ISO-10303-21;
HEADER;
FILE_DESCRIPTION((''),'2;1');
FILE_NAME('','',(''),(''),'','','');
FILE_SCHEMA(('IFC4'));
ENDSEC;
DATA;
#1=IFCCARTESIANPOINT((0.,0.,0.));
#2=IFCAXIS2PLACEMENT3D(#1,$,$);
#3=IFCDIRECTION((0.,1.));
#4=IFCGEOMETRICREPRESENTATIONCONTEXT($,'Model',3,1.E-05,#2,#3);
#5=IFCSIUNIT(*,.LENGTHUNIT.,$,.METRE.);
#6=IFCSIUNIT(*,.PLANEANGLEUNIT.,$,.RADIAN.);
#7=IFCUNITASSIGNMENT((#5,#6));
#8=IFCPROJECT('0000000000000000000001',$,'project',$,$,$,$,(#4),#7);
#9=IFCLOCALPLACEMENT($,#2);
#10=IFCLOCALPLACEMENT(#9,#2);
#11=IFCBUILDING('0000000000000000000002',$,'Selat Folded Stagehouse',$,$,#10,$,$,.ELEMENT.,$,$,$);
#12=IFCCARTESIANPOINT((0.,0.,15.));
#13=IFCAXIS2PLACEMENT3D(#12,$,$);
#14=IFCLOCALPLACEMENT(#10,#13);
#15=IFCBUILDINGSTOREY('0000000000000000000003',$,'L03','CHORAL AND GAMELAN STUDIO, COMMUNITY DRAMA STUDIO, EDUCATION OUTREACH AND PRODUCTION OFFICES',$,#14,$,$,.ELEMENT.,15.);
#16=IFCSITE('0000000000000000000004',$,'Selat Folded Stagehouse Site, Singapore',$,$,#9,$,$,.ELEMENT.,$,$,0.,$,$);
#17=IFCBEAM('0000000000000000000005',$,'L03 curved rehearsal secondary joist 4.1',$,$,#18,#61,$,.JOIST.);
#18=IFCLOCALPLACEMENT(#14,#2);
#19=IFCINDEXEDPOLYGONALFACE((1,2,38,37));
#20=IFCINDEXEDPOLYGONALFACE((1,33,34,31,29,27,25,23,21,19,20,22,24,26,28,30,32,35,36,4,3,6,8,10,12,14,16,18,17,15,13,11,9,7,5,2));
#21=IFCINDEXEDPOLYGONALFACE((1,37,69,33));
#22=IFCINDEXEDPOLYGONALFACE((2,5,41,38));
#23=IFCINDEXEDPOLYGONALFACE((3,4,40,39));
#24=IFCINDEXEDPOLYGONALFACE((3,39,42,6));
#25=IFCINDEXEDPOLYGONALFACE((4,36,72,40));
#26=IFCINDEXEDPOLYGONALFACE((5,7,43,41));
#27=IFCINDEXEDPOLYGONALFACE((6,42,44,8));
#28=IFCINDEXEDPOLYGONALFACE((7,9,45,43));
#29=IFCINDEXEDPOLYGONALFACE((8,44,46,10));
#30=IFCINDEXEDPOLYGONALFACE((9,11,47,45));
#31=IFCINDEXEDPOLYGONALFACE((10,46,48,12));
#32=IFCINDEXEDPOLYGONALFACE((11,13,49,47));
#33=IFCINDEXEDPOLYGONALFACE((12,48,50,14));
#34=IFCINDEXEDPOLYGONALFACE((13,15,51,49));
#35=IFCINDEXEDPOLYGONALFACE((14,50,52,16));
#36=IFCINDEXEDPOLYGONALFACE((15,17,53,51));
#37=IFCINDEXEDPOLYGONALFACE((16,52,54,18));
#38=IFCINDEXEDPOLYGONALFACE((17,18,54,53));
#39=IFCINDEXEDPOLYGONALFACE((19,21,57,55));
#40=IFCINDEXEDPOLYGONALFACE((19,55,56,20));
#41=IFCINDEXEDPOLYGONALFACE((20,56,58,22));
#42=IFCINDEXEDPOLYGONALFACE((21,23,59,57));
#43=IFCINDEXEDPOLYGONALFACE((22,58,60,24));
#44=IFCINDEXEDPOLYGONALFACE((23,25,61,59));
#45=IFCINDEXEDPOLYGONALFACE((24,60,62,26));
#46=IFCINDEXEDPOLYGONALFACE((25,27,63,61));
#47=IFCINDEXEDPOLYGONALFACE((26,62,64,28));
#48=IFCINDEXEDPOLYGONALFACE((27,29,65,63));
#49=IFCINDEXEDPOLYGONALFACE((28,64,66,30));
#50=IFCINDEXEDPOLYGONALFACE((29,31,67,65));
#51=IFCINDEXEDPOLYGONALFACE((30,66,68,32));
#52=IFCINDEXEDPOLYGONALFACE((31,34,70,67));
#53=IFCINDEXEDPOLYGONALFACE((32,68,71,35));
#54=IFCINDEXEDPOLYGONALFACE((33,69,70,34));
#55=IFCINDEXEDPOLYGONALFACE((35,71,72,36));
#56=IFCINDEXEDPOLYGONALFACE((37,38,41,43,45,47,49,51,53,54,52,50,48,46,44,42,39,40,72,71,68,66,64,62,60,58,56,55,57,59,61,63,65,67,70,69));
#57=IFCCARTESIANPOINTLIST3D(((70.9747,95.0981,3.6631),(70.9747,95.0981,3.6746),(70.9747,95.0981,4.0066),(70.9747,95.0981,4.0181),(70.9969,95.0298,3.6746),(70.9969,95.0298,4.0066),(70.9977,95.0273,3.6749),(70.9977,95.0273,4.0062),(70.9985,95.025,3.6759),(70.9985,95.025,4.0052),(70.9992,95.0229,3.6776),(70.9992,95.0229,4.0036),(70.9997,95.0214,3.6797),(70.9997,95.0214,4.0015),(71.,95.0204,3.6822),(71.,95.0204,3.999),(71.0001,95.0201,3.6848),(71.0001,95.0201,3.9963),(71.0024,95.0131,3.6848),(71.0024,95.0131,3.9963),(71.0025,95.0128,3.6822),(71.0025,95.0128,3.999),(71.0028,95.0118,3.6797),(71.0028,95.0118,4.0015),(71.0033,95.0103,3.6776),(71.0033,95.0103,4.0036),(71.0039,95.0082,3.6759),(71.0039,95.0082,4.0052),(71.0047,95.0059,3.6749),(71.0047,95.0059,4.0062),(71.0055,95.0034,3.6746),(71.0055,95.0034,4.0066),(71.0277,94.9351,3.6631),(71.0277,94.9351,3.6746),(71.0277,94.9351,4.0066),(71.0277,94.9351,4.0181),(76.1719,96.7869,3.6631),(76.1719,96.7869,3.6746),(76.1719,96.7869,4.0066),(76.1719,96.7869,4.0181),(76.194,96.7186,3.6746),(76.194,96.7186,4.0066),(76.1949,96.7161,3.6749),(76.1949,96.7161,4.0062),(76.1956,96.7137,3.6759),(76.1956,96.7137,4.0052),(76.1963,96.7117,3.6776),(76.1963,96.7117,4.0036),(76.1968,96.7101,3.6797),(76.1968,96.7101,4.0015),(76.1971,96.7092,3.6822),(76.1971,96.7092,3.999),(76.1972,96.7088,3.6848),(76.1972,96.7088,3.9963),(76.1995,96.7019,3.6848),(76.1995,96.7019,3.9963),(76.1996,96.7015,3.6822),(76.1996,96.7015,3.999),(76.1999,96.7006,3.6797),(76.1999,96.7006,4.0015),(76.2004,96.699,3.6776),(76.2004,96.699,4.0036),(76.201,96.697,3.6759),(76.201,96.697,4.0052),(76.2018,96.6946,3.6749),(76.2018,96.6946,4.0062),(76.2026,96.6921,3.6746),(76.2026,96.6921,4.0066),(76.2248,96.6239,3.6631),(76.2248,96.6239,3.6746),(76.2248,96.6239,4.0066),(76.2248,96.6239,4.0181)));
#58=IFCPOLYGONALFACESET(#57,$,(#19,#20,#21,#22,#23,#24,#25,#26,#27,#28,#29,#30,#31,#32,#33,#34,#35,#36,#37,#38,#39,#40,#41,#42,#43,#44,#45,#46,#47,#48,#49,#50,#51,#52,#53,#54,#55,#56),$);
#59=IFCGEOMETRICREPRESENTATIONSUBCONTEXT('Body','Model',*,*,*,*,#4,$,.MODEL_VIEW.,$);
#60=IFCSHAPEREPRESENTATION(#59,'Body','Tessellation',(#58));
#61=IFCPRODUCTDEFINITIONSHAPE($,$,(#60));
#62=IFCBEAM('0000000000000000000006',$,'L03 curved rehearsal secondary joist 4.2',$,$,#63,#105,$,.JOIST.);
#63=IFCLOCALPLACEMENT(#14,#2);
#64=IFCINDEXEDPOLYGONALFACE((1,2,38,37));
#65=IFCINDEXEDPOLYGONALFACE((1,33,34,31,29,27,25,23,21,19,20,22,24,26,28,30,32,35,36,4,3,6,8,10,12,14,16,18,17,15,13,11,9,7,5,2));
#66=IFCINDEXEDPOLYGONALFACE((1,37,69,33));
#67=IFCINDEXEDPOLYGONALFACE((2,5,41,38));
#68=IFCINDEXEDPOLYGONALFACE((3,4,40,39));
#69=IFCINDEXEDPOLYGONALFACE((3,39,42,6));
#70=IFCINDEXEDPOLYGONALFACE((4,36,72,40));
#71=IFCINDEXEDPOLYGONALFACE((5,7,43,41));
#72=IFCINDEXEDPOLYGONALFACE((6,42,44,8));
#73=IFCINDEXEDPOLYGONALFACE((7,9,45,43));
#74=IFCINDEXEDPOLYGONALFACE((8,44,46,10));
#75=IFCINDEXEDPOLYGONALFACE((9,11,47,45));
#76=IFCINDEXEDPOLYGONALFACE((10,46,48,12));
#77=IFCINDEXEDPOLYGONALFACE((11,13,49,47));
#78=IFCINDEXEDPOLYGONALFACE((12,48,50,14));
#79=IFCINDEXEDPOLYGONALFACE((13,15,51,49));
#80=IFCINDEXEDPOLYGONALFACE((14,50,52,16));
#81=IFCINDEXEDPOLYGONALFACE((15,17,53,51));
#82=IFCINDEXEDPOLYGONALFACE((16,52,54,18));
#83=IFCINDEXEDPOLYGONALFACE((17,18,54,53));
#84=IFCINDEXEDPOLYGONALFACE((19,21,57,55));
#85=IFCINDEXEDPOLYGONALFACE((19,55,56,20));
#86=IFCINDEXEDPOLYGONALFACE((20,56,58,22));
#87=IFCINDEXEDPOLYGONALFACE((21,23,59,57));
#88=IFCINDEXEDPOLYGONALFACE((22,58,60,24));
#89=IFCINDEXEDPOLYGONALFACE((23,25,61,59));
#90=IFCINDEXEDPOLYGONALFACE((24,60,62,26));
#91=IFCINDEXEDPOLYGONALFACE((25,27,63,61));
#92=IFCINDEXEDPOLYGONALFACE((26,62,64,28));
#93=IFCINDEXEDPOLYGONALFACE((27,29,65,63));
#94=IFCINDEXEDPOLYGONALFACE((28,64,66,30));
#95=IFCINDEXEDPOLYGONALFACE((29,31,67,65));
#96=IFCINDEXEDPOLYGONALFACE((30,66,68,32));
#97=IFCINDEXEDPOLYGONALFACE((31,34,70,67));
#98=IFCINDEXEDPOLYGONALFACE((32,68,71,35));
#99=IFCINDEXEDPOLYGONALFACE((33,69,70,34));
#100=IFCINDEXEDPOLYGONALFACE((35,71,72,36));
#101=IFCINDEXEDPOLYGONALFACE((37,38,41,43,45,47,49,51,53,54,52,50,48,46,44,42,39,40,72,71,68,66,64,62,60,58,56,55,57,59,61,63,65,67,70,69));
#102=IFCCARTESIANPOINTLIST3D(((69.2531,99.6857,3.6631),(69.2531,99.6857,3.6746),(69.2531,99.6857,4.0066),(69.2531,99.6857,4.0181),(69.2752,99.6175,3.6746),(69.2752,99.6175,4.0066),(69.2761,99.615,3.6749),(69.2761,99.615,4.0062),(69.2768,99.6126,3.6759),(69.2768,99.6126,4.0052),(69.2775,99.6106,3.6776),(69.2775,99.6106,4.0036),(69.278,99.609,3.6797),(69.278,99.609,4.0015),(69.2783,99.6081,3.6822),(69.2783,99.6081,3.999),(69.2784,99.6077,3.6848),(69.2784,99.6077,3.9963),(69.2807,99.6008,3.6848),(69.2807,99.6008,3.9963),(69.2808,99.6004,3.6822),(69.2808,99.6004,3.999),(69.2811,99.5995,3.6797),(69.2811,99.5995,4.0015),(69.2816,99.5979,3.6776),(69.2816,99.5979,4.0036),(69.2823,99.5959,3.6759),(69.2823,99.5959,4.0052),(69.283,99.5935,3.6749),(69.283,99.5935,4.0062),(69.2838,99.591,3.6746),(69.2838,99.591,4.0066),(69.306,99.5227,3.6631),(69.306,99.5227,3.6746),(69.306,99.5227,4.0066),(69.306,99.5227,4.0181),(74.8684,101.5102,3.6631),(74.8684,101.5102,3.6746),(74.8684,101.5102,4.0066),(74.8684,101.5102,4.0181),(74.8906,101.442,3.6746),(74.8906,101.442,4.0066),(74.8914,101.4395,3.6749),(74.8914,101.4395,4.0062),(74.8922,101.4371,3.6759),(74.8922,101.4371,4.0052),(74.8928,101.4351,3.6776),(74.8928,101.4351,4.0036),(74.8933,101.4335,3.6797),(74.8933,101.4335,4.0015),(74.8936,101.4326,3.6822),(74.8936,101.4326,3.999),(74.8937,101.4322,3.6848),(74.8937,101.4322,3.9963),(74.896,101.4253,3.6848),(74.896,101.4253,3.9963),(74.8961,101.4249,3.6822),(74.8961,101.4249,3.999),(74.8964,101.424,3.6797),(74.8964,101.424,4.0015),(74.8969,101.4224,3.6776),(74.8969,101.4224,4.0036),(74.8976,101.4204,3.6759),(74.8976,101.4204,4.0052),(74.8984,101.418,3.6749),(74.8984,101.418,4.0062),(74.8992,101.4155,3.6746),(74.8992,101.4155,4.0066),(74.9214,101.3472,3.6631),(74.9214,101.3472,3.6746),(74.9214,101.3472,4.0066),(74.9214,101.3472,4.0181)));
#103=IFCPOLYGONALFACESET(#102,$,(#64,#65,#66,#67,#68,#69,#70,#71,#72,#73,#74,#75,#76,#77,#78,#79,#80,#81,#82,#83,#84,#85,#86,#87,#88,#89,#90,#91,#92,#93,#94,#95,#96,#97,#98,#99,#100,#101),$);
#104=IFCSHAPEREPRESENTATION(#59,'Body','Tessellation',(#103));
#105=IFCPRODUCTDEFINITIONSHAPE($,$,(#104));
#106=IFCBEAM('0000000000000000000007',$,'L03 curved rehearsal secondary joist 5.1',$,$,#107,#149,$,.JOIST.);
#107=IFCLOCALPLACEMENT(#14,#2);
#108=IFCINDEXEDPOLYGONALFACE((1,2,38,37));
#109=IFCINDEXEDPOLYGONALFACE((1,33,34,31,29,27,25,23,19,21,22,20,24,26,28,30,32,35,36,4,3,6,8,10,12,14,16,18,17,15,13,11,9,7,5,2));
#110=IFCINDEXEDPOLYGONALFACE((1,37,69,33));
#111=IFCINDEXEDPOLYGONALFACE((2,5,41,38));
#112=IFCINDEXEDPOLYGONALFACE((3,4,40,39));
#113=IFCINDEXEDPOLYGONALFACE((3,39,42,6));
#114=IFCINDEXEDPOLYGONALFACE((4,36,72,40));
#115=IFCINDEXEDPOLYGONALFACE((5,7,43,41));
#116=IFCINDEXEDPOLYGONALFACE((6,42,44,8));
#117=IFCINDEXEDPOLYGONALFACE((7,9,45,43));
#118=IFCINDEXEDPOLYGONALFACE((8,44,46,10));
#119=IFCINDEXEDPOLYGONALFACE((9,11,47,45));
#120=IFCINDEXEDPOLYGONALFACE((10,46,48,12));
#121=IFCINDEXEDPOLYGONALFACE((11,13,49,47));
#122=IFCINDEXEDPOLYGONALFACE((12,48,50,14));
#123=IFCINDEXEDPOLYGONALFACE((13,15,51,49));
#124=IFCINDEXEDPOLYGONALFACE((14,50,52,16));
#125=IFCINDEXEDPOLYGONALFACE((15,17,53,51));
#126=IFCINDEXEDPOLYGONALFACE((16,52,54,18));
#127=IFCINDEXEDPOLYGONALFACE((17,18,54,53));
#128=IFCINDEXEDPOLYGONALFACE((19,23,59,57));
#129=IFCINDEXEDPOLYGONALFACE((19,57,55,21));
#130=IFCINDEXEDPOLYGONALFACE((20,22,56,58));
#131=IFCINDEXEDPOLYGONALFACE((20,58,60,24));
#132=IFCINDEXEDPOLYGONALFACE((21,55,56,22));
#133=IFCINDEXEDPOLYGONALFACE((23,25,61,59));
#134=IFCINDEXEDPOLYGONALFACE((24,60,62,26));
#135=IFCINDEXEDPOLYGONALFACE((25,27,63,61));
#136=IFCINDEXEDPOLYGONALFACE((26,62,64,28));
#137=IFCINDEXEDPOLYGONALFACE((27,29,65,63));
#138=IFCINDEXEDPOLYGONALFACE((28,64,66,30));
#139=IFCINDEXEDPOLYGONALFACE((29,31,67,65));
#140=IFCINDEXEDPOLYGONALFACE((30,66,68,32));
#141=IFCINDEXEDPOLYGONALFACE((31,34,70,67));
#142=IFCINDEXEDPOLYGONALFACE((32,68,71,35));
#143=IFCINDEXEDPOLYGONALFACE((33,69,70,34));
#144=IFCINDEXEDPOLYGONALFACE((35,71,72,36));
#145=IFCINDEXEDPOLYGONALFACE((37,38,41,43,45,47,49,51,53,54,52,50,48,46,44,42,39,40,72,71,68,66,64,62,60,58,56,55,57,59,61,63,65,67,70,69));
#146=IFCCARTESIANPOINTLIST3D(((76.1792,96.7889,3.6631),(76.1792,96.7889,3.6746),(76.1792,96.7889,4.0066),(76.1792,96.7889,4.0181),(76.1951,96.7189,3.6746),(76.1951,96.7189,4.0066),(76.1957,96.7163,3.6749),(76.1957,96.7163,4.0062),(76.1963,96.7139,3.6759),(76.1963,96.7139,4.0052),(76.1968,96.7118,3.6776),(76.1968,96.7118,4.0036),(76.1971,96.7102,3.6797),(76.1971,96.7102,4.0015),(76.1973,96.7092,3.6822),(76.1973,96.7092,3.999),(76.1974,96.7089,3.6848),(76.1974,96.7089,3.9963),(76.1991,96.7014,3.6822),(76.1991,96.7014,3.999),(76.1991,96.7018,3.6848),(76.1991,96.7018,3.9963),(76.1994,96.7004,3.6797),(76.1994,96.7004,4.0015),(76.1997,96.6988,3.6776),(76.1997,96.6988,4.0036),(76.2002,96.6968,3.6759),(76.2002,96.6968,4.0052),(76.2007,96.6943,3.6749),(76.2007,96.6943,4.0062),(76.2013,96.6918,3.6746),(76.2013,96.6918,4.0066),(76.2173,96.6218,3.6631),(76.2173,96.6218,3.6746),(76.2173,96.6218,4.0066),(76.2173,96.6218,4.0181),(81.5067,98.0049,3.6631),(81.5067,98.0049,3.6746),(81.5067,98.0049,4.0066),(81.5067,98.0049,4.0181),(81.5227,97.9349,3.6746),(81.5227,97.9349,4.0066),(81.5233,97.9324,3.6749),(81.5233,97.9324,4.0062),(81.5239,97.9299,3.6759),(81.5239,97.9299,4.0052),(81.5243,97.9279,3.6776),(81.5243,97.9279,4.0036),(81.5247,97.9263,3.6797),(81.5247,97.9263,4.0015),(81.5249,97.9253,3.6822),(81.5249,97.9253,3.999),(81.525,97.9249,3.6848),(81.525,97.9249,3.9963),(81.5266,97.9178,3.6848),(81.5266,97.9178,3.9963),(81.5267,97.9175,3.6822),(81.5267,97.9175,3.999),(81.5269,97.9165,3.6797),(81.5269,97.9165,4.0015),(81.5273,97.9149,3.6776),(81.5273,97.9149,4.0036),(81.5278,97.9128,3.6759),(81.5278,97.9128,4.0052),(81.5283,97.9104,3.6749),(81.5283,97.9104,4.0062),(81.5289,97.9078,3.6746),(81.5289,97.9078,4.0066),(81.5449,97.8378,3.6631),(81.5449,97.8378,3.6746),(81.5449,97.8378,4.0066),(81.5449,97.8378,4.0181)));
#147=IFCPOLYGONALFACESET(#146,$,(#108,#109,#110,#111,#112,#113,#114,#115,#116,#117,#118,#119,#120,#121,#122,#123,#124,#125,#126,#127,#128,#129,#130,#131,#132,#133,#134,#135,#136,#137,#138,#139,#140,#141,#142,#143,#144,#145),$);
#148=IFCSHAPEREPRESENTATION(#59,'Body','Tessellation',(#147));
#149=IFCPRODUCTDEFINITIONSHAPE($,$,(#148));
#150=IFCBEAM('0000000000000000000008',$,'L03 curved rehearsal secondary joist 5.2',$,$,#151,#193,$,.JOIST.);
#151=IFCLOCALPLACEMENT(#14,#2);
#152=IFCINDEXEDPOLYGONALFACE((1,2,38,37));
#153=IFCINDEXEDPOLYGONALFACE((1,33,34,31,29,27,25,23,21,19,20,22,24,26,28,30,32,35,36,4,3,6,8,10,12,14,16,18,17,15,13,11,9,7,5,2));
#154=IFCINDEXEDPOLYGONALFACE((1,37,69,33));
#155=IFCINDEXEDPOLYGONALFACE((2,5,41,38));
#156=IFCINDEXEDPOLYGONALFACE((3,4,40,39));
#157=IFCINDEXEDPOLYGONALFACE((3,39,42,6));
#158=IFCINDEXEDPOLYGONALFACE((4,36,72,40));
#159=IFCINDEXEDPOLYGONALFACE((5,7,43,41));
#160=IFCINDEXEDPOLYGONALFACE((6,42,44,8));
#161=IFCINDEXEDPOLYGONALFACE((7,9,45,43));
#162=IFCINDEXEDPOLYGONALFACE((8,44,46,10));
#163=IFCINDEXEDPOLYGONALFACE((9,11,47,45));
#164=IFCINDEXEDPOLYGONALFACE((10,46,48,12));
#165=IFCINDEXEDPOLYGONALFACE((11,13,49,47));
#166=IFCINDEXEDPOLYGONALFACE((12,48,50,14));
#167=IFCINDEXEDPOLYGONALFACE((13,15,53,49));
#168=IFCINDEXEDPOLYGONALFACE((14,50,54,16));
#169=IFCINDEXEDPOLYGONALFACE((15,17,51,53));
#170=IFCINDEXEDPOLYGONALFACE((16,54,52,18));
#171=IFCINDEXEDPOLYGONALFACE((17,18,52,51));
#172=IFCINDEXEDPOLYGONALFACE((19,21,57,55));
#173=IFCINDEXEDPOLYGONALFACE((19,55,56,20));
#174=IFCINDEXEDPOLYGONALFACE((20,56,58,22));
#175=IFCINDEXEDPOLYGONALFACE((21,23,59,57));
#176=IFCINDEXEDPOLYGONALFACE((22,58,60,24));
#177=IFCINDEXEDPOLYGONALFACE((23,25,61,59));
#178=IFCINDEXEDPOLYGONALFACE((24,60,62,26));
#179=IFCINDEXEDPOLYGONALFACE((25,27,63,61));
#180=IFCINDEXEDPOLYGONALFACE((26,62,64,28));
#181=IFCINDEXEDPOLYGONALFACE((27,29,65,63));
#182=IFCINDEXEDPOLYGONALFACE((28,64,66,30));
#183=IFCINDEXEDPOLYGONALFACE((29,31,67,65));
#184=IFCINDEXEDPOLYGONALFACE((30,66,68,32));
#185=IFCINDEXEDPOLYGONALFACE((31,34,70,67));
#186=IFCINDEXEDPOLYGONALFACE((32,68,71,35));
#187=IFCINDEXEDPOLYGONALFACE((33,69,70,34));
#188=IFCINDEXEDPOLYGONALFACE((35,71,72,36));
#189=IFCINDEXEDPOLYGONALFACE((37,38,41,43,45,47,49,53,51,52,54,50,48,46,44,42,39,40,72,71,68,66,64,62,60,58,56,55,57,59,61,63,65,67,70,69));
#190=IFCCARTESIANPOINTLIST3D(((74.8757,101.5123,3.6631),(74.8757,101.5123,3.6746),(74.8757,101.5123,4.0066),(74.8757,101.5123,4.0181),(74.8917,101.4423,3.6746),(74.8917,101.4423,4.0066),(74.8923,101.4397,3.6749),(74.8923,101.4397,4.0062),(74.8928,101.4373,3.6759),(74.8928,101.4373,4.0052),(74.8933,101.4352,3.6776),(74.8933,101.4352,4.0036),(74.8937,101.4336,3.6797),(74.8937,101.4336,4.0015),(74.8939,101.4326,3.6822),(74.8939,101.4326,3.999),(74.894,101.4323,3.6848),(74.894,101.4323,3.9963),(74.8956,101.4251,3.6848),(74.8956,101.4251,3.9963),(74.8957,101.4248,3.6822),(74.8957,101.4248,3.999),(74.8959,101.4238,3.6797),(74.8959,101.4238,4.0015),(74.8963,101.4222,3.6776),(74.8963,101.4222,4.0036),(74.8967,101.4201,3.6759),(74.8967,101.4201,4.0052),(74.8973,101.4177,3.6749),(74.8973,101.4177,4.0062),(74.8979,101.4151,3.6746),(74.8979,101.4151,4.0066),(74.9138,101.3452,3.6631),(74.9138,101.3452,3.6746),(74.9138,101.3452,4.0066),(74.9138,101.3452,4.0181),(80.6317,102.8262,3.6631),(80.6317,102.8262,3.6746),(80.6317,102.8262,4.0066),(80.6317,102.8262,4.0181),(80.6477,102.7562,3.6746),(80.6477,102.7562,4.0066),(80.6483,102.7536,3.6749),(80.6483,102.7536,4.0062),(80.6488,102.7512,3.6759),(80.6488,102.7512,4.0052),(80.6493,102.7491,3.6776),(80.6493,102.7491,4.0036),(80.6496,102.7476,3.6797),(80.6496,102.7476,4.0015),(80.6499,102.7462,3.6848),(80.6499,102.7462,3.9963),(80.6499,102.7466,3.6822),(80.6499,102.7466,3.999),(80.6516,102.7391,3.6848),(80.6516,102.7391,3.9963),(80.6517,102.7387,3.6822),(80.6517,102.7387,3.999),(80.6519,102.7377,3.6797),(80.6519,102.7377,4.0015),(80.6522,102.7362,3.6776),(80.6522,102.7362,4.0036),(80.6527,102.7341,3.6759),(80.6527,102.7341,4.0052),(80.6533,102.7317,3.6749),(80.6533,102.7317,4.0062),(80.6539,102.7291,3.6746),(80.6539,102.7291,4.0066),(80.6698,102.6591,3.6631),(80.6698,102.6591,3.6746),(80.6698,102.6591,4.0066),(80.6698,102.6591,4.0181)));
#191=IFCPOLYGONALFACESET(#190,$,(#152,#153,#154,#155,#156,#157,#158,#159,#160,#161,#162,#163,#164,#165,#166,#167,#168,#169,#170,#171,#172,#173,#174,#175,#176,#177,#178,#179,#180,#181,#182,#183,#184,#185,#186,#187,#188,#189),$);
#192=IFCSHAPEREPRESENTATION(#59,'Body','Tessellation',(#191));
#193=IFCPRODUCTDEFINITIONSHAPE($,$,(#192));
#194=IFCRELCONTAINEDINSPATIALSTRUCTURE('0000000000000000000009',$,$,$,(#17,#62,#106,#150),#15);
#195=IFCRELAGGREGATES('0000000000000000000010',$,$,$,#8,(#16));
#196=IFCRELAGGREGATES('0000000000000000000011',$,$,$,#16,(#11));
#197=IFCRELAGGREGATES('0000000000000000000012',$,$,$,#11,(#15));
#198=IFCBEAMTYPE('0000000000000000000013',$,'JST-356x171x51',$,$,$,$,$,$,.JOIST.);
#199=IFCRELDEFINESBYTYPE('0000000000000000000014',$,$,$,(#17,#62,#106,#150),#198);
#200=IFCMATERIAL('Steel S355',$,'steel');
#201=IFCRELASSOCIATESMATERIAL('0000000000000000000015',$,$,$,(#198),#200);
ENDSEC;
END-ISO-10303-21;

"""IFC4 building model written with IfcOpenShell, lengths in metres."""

from ifc_helpers import new_model, si_unit, direction, frame, origin, origin_2d, place, context, subcontext, project, spatial, i_section, extrude, material, material_profile, profile_set, type_object, element, save


model = new_model("IFC4")

# Units and contexts
model_context = context("Model", 3, precision=1e-05, world=origin(), true_north=direction((0.0, 1.0)))
body_context = subcontext(model_context, "Body", "Model", "MODEL_VIEW")
ifc_project = project(units=[si_unit("LENGTHUNIT", "METRE"), si_unit("PLANEANGLEUNIT", "RADIAN")], contexts=[model_context])

# Site, building, storey
site_placement = place(None, origin())
site = spatial("IfcSite", under=ifc_project, at=site_placement, Name="Selat Folded Stagehouse Site, Singapore", CompositionType="ELEMENT", RefElevation=0.0)
building_placement = place(site_placement, origin())
building = spatial("IfcBuilding", under=site, at=building_placement, Name="Selat Folded Stagehouse", CompositionType="ELEMENT")
storey_placement = place(building_placement, frame((0.0, 0.0, 15.0)))
storey = spatial("IfcBuildingStorey", under=building, at=storey_placement, Name="L03", Description="CHORAL AND GAMELAN STUDIO, COMMUNITY DRAMA STUDIO, EDUCATION OUTREACH AND PRODUCTION OFFICES", CompositionType="ELEMENT", Elevation=15.0)

# Shared definitions
ifc_material_1 = material(Name="Steel S355", Category="steel")

# Beams
ifc_material_profile_1 = material_profile(ifc_material_1, i_section(OverallWidth=0.1714, OverallDepth=0.355, WebThickness=0.0073, FlangeThickness=0.0115, FilletRadius=0.0103, at=origin_2d()), Name="UKB 356x171x51")
ifc_profile_set_1 = profile_set([ifc_material_profile_1], Name="Steel S355")
beam_type_1 = type_object("IfcBeamType", Name="JST-356x171x51", PredefinedType="JOIST", material=ifc_profile_set_1)
beam_1_placement = place(storey_placement, frame((71.0012, 95.0166, 3.8406), z_axis=(0.951051, 0.309035, 0.0), x_axis=(-0.309035, 0.951051, 0.0)))
element("IfcBeam", 1, at=beam_1_placement, inside=storey, type_object=beam_type_1, Name="L03 curved rehearsal secondary joist 4.1", PredefinedType="JOIST", context=body_context, shape_type="SweptSolid", body=[
    extrude(i_section(OverallWidth=0.1714, OverallDepth=0.355, WebThickness=0.0073, FlangeThickness=0.0115, FilletRadius=0.0103, at=origin_2d()), origin(), (0.0, 0.0, 1.0), 5.4646),
])
beam_2_placement = place(storey_placement, frame((69.2795, 99.6042, 3.8406), z_axis=(0.951058, 0.309011, 0.0), x_axis=(-0.309011, 0.951058, 0.0)))
element("IfcBeam", 2, at=beam_2_placement, inside=storey, type_object=beam_type_1, Name="L03 curved rehearsal secondary joist 4.2", PredefinedType="JOIST", context=body_context, shape_type="SweptSolid", body=[
    extrude(i_section(OverallWidth=0.1714, OverallDepth=0.355, WebThickness=0.0073, FlangeThickness=0.0115, FilletRadius=0.0103, at=origin_2d()), origin(), (0.0, 0.0, 1.0), 5.9043),
])
beam_3_placement = place(storey_placement, frame((76.1982, 96.7053, 3.8406), z_axis=(0.974925, 0.222532, 0.0), x_axis=(-0.222532, 0.974925, 0.0)))
element("IfcBeam", 3, at=beam_3_placement, inside=storey, type_object=beam_type_1, Name="L03 curved rehearsal secondary joist 5.1", PredefinedType="JOIST", context=body_context, shape_type="SweptSolid", body=[
    extrude(i_section(OverallWidth=0.1714, OverallDepth=0.355, WebThickness=0.0073, FlangeThickness=0.0115, FilletRadius=0.0103, at=origin_2d()), origin(), (0.0, 0.0, 1.0), 5.4646),
])
beam_4_placement = place(storey_placement, frame((74.8948, 101.4287, 3.8406), z_axis=(0.974922, 0.222549, 0.0), x_axis=(-0.222549, 0.974922, 0.0)))
element("IfcBeam", 4, at=beam_4_placement, inside=storey, type_object=beam_type_1, Name="L03 curved rehearsal secondary joist 5.2", PredefinedType="JOIST", context=body_context, shape_type="SweptSolid", body=[
    extrude(i_section(OverallWidth=0.1714, OverallDepth=0.355, WebThickness=0.0073, FlangeThickness=0.0115, FilletRadius=0.0103, at=origin_2d()), origin(), (0.0, 0.0, 1.0), 5.9041),
])

save(model, "model.ifc")
